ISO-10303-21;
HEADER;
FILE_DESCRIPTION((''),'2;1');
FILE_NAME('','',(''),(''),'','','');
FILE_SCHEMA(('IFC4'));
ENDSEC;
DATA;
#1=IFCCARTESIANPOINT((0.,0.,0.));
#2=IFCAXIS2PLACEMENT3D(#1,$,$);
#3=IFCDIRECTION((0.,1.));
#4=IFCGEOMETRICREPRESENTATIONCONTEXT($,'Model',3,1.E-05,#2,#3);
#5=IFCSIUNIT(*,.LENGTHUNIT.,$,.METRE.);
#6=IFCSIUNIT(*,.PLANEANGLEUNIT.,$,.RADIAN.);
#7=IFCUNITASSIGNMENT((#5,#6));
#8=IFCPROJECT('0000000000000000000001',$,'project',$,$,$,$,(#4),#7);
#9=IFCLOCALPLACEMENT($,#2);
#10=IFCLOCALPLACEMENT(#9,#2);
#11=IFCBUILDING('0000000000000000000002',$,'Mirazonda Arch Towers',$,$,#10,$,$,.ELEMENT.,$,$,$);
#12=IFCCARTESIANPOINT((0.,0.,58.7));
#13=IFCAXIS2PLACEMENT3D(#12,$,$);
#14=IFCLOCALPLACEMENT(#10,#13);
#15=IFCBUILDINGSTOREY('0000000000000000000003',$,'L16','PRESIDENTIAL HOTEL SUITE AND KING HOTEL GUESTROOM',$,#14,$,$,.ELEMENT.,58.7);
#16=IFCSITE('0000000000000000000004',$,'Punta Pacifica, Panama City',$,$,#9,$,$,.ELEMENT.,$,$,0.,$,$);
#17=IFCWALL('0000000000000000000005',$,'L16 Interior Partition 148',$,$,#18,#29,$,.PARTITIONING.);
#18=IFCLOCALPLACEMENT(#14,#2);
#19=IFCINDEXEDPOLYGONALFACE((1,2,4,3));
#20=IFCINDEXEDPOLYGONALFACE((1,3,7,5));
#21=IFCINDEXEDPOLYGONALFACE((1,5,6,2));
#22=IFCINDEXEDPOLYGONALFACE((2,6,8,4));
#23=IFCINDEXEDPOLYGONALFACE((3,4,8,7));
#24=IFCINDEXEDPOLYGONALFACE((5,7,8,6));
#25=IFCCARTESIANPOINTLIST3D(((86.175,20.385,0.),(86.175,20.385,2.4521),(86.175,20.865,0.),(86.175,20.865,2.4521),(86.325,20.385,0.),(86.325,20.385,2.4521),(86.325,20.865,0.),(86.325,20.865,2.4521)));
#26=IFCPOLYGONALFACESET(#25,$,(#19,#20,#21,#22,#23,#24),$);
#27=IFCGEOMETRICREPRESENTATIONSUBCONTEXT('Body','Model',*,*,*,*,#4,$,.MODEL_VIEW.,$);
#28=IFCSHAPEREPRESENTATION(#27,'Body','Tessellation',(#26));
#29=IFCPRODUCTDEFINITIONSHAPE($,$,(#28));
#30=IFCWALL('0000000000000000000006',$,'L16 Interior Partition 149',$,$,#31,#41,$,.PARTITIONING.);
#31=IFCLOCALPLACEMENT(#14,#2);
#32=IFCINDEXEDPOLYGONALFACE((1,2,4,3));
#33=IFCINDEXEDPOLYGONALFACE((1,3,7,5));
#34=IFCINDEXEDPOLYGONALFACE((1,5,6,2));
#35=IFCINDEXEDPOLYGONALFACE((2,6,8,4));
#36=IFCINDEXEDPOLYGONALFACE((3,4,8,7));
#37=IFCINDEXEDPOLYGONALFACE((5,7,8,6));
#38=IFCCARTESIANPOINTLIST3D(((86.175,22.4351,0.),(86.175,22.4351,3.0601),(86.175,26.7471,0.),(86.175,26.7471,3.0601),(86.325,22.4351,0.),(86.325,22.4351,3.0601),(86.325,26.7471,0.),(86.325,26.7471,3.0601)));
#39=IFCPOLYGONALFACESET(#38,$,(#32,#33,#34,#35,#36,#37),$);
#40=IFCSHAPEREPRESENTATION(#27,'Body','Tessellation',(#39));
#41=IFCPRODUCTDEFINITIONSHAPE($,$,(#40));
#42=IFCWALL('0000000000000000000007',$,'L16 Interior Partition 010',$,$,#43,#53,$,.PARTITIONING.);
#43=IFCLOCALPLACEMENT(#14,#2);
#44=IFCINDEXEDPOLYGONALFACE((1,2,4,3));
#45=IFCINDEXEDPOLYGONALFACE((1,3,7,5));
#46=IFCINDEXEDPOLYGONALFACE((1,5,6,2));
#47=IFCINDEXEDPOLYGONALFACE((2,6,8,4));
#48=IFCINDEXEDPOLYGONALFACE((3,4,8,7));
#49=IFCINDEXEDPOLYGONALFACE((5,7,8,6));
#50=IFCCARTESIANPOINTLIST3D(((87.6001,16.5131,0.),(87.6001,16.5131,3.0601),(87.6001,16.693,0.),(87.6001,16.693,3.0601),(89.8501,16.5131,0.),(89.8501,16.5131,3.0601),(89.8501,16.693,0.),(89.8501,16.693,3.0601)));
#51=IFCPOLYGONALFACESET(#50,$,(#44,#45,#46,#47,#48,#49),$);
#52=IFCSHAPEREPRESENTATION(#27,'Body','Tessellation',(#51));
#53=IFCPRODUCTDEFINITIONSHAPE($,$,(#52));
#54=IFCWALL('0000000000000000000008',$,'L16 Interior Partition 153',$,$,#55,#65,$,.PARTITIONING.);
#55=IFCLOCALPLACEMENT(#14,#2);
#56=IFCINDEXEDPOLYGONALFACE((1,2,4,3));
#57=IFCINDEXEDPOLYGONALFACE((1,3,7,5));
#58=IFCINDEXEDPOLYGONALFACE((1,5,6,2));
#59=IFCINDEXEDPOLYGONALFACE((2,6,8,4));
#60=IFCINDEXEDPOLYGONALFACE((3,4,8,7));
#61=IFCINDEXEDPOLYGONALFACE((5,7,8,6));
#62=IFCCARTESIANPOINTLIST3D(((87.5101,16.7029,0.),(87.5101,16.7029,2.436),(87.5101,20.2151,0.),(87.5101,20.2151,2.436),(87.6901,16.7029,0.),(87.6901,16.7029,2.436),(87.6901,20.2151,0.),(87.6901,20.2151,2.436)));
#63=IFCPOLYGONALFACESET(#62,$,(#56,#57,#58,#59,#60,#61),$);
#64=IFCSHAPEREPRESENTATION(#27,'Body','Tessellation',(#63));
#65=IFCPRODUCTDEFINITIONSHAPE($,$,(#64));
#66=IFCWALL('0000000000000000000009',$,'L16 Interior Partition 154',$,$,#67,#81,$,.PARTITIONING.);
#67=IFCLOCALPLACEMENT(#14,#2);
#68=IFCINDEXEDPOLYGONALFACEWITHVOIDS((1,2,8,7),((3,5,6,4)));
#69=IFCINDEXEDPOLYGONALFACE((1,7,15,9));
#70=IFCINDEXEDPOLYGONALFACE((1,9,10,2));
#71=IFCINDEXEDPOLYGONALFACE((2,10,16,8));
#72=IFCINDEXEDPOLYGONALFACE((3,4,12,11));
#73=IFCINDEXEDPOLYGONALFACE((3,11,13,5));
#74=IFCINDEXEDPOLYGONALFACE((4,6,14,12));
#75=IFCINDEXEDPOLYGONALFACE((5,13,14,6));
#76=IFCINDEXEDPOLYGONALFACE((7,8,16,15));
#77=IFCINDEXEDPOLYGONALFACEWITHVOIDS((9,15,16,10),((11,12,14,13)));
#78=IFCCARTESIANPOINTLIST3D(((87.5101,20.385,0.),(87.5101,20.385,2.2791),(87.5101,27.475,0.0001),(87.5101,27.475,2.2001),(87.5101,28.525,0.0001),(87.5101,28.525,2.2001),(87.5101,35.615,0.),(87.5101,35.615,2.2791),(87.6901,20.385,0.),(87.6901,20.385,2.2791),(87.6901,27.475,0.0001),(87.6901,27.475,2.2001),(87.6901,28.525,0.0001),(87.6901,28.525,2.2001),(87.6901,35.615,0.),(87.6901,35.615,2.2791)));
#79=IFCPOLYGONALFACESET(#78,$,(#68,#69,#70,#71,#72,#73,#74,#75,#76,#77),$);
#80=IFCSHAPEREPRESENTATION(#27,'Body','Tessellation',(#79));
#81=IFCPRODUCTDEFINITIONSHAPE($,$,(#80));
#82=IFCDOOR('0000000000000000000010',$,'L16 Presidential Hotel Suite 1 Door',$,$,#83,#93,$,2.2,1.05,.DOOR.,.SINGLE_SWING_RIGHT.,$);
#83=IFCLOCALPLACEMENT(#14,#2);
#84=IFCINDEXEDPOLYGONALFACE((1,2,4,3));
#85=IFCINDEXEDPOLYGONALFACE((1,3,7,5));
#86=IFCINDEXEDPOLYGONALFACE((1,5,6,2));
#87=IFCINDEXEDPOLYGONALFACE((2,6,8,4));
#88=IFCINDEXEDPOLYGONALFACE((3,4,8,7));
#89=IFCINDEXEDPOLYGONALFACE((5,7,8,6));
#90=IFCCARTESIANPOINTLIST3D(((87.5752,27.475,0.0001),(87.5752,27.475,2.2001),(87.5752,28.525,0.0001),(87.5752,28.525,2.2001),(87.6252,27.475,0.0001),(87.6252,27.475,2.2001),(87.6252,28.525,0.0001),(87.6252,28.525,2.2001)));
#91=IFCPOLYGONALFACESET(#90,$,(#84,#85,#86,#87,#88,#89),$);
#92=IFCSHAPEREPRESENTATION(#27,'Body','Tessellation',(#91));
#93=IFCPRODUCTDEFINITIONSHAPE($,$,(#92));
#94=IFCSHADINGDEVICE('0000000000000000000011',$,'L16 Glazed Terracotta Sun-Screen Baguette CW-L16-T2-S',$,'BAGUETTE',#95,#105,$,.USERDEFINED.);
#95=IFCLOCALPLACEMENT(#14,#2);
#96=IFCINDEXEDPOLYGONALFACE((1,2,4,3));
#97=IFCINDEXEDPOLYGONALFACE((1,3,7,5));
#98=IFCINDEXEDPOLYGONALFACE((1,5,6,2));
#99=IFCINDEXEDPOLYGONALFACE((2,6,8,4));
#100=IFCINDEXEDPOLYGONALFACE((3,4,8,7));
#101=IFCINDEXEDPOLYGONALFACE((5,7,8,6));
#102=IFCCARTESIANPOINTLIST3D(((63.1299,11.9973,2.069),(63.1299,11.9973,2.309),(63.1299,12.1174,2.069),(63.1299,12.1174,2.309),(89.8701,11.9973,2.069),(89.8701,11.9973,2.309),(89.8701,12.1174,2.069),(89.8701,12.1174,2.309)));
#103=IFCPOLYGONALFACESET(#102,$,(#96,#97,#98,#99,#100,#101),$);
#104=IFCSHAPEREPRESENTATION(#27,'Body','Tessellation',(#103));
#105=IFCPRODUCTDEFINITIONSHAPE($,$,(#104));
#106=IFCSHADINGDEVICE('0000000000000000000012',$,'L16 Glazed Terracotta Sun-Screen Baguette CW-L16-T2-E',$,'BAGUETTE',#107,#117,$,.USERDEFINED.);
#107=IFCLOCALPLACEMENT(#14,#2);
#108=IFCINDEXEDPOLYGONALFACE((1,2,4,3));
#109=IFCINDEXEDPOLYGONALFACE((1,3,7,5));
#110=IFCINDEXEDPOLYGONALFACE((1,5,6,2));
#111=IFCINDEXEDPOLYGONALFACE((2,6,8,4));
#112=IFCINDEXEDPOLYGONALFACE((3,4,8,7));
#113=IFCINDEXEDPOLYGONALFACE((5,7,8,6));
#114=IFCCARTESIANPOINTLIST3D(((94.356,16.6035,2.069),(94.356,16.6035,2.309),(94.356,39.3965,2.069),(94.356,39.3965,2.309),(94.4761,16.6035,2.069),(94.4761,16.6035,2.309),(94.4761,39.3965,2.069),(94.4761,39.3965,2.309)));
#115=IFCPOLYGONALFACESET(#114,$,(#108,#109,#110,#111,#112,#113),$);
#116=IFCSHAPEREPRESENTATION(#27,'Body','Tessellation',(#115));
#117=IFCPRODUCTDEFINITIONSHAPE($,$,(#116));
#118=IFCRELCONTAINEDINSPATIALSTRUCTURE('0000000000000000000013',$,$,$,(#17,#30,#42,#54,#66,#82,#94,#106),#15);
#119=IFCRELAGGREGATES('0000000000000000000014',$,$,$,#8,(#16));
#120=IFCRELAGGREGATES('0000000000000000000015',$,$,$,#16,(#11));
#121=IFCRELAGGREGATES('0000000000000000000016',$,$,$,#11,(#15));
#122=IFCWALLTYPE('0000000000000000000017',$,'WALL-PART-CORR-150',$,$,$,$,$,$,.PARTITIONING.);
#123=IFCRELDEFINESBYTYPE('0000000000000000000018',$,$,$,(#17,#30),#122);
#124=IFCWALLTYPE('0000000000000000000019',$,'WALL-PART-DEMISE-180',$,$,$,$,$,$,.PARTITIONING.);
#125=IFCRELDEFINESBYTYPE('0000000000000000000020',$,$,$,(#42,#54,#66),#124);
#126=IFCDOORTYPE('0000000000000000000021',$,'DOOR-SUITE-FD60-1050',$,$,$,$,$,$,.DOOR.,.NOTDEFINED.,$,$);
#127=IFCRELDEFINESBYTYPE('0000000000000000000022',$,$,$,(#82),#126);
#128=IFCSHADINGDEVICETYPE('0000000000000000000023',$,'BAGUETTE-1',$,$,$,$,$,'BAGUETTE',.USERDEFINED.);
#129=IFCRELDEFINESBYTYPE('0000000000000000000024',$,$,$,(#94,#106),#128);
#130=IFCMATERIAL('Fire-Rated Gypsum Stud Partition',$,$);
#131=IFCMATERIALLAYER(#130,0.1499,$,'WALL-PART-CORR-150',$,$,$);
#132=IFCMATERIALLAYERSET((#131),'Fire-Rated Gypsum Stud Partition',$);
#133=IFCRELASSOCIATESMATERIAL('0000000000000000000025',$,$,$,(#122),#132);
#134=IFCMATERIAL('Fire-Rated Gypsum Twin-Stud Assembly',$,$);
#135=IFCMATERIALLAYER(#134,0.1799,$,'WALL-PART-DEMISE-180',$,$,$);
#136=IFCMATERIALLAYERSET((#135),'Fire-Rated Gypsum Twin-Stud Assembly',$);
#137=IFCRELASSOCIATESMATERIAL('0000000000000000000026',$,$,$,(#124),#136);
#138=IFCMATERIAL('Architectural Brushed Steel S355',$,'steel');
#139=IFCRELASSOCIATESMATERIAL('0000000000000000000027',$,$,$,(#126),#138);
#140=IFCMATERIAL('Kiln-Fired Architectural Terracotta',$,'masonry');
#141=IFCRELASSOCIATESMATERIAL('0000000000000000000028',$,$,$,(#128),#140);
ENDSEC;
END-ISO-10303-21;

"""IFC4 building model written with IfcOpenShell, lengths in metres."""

from ifc_helpers import new_model, si_unit, direction, frame, frame_2d, origin, origin_2d, place, context, subcontext, project, spatial, rectangle, extrude, material, layer, layer_set, material_profile, profile_set, type_object, element, fill, save


model = new_model("IFC4")

# Units and contexts
model_context = context("Model", 3, precision=1e-05, world=origin(), true_north=direction((0.0, 1.0)))
body_context = subcontext(model_context, "Body", "Model", "MODEL_VIEW")
ifc_project = project(units=[si_unit("LENGTHUNIT", "METRE"), si_unit("PLANEANGLEUNIT", "RADIAN")], contexts=[model_context])

# Site, building, storey
site_placement = place(None, origin())
site = spatial("IfcSite", under=ifc_project, at=site_placement, Name="Punta Pacifica, Panama City", CompositionType="ELEMENT", RefElevation=0.0)
building_placement = place(site_placement, origin())
building = spatial("IfcBuilding", under=site, at=building_placement, Name="Mirazonda Arch Towers", CompositionType="ELEMENT")
storey_placement = place(building_placement, frame((0.0, 0.0, 58.7)))
storey = spatial("IfcBuildingStorey", under=building, at=storey_placement, Name="L16", Description="PRESIDENTIAL HOTEL SUITE AND KING HOTEL GUESTROOM", CompositionType="ELEMENT", Elevation=58.7)

# Walls
ifc_material_1 = material(Name="Fire-Rated Gypsum Stud Partition")
ifc_layer_1 = layer(ifc_material_1, 0.1499, Name="WALL-PART-CORR-150")
ifc_layer_set_1 = layer_set([ifc_layer_1], Name="Fire-Rated Gypsum Stud Partition")
wall_type_1 = type_object("IfcWallType", Name="WALL-PART-CORR-150", PredefinedType="PARTITIONING", material=ifc_layer_set_1)
wall_1_placement = place(storey_placement, frame((86.25, 20.385, 0.0), z_axis=(0.0, 0.0, 1.0), x_axis=(0.0, 1.0, 0.0)))
element("IfcWall", 1, at=wall_1_placement, inside=storey, type_object=wall_type_1, Name="L16 Interior Partition 148", PredefinedType="PARTITIONING", context=body_context, shape_type="SweptSolid", body=[
    extrude(rectangle(XDim=0.48, YDim=0.1499, at=frame_2d((0.24, 0.0))), origin(), (0.0, 0.0, 1.0), 2.4521),
])
wall_2_placement = place(storey_placement, frame((86.25, 22.4351, 0.0), z_axis=(0.0, 0.0, 1.0), x_axis=(0.0, 1.0, 0.0)))
element("IfcWall", 2, at=wall_2_placement, inside=storey, type_object=wall_type_1, Name="L16 Interior Partition 149", PredefinedType="PARTITIONING", context=body_context, shape_type="SweptSolid", body=[
    extrude(rectangle(XDim=4.312, YDim=0.1499, at=frame_2d((2.156, 0.0))), origin(), (0.0, 0.0, 1.0), 3.0601),
])
ifc_material_2 = material(Name="Fire-Rated Gypsum Twin-Stud Assembly")
ifc_layer_2 = layer(ifc_material_2, 0.1799, Name="WALL-PART-DEMISE-180")
ifc_layer_set_2 = layer_set([ifc_layer_2], Name="Fire-Rated Gypsum Twin-Stud Assembly")
wall_type_2 = type_object("IfcWallType", Name="WALL-PART-DEMISE-180", PredefinedType="PARTITIONING", material=ifc_layer_set_2)
wall_3_placement = place(storey_placement, frame((87.6001, 16.603, 0.0), z_axis=(0.0, 0.0, 1.0), x_axis=(1.0, 0.0, 0.0)))
element("IfcWall", 3, at=wall_3_placement, inside=storey, type_object=wall_type_2, Name="L16 Interior Partition 010", PredefinedType="PARTITIONING", context=body_context, shape_type="SweptSolid", body=[
    extrude(rectangle(XDim=2.25, YDim=0.1799, at=frame_2d((1.125, 0.0))), origin(), (0.0, 0.0, 1.0), 3.0601),
])
wall_4_placement = place(storey_placement, frame((87.6001, 16.7029, 0.0), z_axis=(0.0, 0.0, 1.0), x_axis=(0.0, 1.0, 0.0)))
element("IfcWall", 4, at=wall_4_placement, inside=storey, type_object=wall_type_2, Name="L16 Interior Partition 153", PredefinedType="PARTITIONING", context=body_context, shape_type="SweptSolid", body=[
    extrude(rectangle(XDim=3.5122, YDim=0.1799, at=frame_2d((1.7561, 0.0))), origin(), (0.0, 0.0, 1.0), 2.436),
])

# Wall, opening, door
wall_5_placement = place(storey_placement, frame((87.6001, 20.385, 0.0), z_axis=(0.0, 0.0, 1.0), x_axis=(0.0, 1.0, 0.0)))
wall_5 = element("IfcWall", 5, at=wall_5_placement, inside=storey, type_object=wall_type_2, Name="L16 Interior Partition 154", PredefinedType="PARTITIONING", context=body_context, shape_type="SweptSolid", body=[
    extrude(rectangle(XDim=15.23, YDim=0.1799, at=frame_2d((7.615, 0.0))), origin(), (0.0, 0.0, 1.0), 2.2791),
])
opening_1_placement = place(wall_5_placement, frame((7.0901, 0.0, 0.0)))
opening_1 = element("IfcOpeningElement", 6, at=opening_1_placement, cuts=wall_5, PredefinedType="OPENING", context=body_context, shape_type="SweptSolid", body=[
    extrude(rectangle(XDim=1.05, YDim=2.2, at=frame_2d((0.5249, 1.1001))), frame((0.0, 0.0999, 0.0), z_axis=(0.0, -1.0, 0.0), x_axis=(1.0, 0.0, 0.0)), (0.0, 0.0, 1.0), 0.2),
])
ifc_material_3 = material(Name="Architectural Brushed Steel S355", Category="steel")
door_type = type_object("IfcDoorType", Name="DOOR-SUITE-FD60-1050", OperationType="NOTDEFINED", PredefinedType="DOOR", material=ifc_material_3)
door_placement = place(opening_1_placement, origin())
door = element("IfcDoor", 7, at=door_placement, inside=storey, type_object=door_type, Name="L16 Presidential Hotel Suite 1 Door", OperationType="SINGLE_SWING_RIGHT", OverallHeight=2.2, OverallWidth=1.05, PredefinedType="DOOR", context=body_context, shape_type="SweptSolid", body=[
    extrude(rectangle(XDim=1.05, YDim=2.2, at=frame_2d((0.5249, 1.1001))), frame((0.0, 0.0249, 0.0), z_axis=(0.0, -1.0, 0.0), x_axis=(1.0, 0.0, 0.0)), (0.0, 0.0, 1.0), 0.05),
])
fill(opening_1, door)

# Shading devices
ifc_material_4 = material(Name="Kiln-Fired Architectural Terracotta", Category="masonry")
ifc_material_profile_1 = material_profile(ifc_material_4, rectangle(XDim=0.1201, YDim=0.24, at=origin_2d()), Name="TERRA-BAG-120x240")
ifc_profile_set_1 = profile_set([ifc_material_profile_1], Name="Kiln-Fired Architectural Terracotta")
shading_device_type = type_object("IfcShadingDeviceType", Name="BAGUETTE-1", ElementType="BAGUETTE", PredefinedType="USERDEFINED", material=ifc_profile_set_1)
shading_device_1_placement = place(storey_placement, frame((89.8701, 12.0574, 2.189), z_axis=(-1.0, 0.0, 0.0), x_axis=(0.0, -1.0, 0.0)))
element("IfcShadingDevice", 8, at=shading_device_1_placement, inside=storey, type_object=shading_device_type, Name="L16 Glazed Terracotta Sun-Screen Baguette CW-L16-T2-S", ObjectType="BAGUETTE", PredefinedType="USERDEFINED", context=body_context, shape_type="SweptSolid", body=[
    extrude(rectangle(XDim=0.1201, YDim=0.24, at=origin_2d()), origin(), (0.0, 0.0, 1.0), 26.7402),
])
shading_device_2_placement = place(storey_placement, frame((94.416, 16.6035, 2.189), z_axis=(0.0, 1.0, 0.0), x_axis=(-1.0, 0.0, 0.0)))
element("IfcShadingDevice", 9, at=shading_device_2_placement, inside=storey, type_object=shading_device_type, Name="L16 Glazed Terracotta Sun-Screen Baguette CW-L16-T2-E", ObjectType="BAGUETTE", PredefinedType="USERDEFINED", context=body_context, shape_type="SweptSolid", body=[
    extrude(rectangle(XDim=0.1201, YDim=0.24, at=origin_2d()), origin(), (0.0, 0.0, 1.0), 22.793),
])

save(model, "model.ifc")
